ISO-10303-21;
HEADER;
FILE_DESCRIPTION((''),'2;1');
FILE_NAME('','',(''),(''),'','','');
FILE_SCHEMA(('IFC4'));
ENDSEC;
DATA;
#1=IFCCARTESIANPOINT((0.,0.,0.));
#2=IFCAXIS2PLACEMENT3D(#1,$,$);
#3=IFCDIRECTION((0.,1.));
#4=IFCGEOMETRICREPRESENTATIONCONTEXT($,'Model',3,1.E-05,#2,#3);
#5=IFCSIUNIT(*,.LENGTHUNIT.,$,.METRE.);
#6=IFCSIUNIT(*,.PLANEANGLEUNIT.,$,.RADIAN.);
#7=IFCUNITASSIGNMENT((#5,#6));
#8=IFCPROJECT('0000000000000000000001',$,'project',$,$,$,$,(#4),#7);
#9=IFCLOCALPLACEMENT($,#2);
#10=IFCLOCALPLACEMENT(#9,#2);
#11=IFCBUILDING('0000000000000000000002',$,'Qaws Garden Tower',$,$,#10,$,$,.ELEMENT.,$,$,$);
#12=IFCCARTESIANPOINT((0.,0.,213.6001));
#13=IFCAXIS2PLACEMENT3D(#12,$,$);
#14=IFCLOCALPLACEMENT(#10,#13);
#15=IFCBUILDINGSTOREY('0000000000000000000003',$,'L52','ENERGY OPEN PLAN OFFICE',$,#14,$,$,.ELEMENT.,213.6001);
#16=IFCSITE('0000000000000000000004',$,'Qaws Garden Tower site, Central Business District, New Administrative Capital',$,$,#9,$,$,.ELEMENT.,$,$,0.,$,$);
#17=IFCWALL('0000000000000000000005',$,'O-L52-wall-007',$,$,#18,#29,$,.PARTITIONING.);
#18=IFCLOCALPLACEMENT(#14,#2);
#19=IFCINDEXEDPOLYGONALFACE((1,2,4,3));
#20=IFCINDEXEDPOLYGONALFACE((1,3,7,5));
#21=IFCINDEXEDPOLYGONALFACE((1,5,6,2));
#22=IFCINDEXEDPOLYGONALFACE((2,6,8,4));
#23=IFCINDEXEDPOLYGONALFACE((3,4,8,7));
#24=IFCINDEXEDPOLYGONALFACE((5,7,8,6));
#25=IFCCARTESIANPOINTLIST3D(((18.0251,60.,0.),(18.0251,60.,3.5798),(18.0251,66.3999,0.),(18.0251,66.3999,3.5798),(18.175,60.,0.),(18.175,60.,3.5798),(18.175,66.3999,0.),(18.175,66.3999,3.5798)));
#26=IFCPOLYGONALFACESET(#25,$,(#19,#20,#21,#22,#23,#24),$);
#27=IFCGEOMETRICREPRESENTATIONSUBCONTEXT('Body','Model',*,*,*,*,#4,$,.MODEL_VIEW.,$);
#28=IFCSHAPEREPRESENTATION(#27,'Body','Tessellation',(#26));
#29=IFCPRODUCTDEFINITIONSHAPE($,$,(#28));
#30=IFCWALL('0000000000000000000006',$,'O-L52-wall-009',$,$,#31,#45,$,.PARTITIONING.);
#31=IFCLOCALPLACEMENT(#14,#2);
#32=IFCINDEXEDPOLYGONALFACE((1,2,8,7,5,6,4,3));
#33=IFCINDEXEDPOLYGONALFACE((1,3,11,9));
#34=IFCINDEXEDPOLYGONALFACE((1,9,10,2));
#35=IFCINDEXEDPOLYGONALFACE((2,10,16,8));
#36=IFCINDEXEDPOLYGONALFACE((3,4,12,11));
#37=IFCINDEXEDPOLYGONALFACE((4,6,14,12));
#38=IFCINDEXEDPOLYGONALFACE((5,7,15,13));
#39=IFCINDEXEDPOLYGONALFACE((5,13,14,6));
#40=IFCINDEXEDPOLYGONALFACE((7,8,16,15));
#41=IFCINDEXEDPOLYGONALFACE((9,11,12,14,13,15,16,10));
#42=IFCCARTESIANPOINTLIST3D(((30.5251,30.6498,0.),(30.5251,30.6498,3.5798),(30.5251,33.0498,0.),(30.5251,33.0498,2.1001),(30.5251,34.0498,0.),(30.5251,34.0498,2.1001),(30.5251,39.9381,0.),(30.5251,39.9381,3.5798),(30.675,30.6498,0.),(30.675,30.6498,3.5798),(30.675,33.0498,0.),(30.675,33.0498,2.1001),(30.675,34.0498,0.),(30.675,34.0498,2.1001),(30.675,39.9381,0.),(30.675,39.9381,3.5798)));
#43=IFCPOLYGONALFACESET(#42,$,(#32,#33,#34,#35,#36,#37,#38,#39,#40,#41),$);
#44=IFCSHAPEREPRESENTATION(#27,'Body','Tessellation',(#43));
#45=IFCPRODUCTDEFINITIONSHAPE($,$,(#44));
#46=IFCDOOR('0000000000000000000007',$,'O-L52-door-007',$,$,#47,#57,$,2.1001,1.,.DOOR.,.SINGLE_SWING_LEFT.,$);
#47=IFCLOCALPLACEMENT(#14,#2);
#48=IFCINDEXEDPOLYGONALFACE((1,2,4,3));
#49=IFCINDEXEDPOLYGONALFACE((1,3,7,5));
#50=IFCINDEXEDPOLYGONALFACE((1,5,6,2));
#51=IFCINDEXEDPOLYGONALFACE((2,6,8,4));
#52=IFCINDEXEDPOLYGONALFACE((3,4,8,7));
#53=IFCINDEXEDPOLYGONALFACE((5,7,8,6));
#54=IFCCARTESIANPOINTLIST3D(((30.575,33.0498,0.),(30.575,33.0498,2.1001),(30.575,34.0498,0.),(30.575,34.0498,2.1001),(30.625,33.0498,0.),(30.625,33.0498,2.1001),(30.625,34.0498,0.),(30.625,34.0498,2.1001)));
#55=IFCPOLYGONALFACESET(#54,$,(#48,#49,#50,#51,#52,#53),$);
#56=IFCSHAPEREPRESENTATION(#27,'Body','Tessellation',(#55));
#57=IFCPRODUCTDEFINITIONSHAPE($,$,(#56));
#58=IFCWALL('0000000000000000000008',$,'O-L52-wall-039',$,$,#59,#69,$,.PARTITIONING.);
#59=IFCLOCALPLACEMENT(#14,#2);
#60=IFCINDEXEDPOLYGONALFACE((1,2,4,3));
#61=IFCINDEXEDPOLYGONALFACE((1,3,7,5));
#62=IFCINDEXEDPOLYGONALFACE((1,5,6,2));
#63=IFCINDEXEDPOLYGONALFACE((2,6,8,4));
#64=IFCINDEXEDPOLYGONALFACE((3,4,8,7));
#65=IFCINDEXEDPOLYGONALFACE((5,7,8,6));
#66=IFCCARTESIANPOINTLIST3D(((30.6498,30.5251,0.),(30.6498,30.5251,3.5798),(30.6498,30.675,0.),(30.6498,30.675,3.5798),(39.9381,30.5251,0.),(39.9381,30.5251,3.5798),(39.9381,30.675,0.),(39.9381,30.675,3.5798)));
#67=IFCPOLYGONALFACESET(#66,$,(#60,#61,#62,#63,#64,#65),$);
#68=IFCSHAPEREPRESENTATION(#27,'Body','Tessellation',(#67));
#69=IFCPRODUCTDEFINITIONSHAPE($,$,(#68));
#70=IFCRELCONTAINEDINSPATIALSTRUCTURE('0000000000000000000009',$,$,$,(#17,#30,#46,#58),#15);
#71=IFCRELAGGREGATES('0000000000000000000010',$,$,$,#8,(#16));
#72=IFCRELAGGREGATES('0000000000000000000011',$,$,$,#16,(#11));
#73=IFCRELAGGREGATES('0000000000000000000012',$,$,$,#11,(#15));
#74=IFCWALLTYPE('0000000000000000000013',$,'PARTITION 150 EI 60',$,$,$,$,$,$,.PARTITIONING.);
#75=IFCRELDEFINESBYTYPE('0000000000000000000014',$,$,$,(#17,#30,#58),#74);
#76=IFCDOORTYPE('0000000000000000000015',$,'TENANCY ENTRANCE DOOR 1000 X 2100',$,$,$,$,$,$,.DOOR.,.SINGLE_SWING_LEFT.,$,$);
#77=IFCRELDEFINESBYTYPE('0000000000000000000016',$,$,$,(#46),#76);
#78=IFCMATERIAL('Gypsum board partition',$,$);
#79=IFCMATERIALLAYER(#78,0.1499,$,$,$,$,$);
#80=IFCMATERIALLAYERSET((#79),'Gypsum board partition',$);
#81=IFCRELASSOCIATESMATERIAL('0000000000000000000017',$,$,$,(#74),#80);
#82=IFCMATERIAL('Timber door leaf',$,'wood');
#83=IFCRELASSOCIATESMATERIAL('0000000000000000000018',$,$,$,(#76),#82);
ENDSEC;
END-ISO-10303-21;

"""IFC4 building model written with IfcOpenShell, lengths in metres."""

from ifc_helpers import new_model, si_unit, direction, frame, frame_2d, origin, place, context, subcontext, project, spatial, rectangle, extrude, material, layer, layer_set, type_object, element, fill, save


model = new_model("IFC4")

# Units and contexts
model_context = context("Model", 3, precision=1e-05, world=origin(), true_north=direction((0.0, 1.0)))
body_context = subcontext(model_context, "Body", "Model", "MODEL_VIEW")
ifc_project = project(units=[si_unit("LENGTHUNIT", "METRE"), si_unit("PLANEANGLEUNIT", "RADIAN")], contexts=[model_context])

# Site, building, storey
site_placement = place(None, origin())
site = spatial("IfcSite", under=ifc_project, at=site_placement, Name="Qaws Garden Tower site, Central Business District, New Administrative Capital", CompositionType="ELEMENT", RefElevation=0.0)
building_placement = place(site_placement, origin())
building = spatial("IfcBuilding", under=site, at=building_placement, Name="Qaws Garden Tower", CompositionType="ELEMENT")
storey_placement = place(building_placement, frame((0.0, 0.0, 213.6001)))
storey = spatial("IfcBuildingStorey", under=building, at=storey_placement, Name="L52", Description="ENERGY OPEN PLAN OFFICE", CompositionType="ELEMENT", Elevation=213.6001)

# Wall
ifc_material_1 = material(Name="Gypsum board partition")
ifc_layer_1 = layer(ifc_material_1, 0.1499)
ifc_layer_set_1 = layer_set([ifc_layer_1], Name="Gypsum board partition")
wall_type_1 = type_object("IfcWallType", Name="PARTITION 150 EI 60", PredefinedType="PARTITIONING", material=ifc_layer_set_1)
wall_1_placement = place(storey_placement, frame((18.1001, 60.0, 0.0), z_axis=(0.0, 0.0, 1.0), x_axis=(0.0, 1.0, 0.0)))
element("IfcWall", 1, at=wall_1_placement, inside=storey, type_object=wall_type_1, Name="O-L52-wall-007", PredefinedType="PARTITIONING", context=body_context, shape_type="SweptSolid", body=[
    extrude(rectangle(XDim=6.3999, YDim=0.1499, at=frame_2d((3.2, 0.0))), origin(), (0.0, 0.0, 1.0), 3.5798),
])

# Wall, opening, door
wall_2_placement = place(storey_placement, frame((30.6001, 30.6499, 0.0), z_axis=(0.0, 0.0, 1.0), x_axis=(0.0, 1.0, 0.0)))
wall_2 = element("IfcWall", 2, at=wall_2_placement, inside=storey, type_object=wall_type_1, Name="O-L52-wall-009", PredefinedType="PARTITIONING", context=body_context, shape_type="SweptSolid", body=[
    extrude(rectangle(XDim=9.2883, YDim=0.1499, at=frame_2d((4.644, 0.0))), origin(), (0.0, 0.0, 1.0), 3.5798),
])
opening_1_placement = place(wall_2_placement, frame((2.3999, 0.0, 0.0)))
opening_1 = element("IfcOpeningElement", 3, at=opening_1_placement, cuts=wall_2, PredefinedType="OPENING", context=body_context, shape_type="SweptSolid", body=[
    extrude(rectangle(XDim=1.0, YDim=2.1001, at=frame_2d((0.5, 1.05))), frame((0.0, 0.085, 0.0), z_axis=(0.0, -1.0, 0.0), x_axis=(1.0, 0.0, 0.0)), (0.0, 0.0, 1.0), 0.1699),
])
ifc_material_2 = material(Name="Timber door leaf", Category="wood")
door_type = type_object("IfcDoorType", Name="TENANCY ENTRANCE DOOR 1000 X 2100", OperationType="SINGLE_SWING_LEFT", PredefinedType="DOOR", material=ifc_material_2)
door_placement = place(opening_1_placement, frame((1.0, 0.0, 0.0), z_axis=(0.0, 0.0, 1.0), x_axis=(-1.0, 0.0, 0.0)))
door = element("IfcDoor", 4, at=door_placement, inside=storey, type_object=door_type, Name="O-L52-door-007", OperationType="SINGLE_SWING_LEFT", OverallHeight=2.1001, OverallWidth=1.0, PredefinedType="DOOR", context=body_context, shape_type="SweptSolid", body=[
    extrude(rectangle(XDim=1.0, YDim=2.1001, at=frame_2d((0.5, 1.05))), frame((0.0, 0.0249, 0.0), z_axis=(0.0, -1.0, 0.0), x_axis=(1.0, 0.0, 0.0)), (0.0, 0.0, 1.0), 0.05),
])
fill(opening_1, door)

# Wall
wall_3_placement = place(storey_placement, frame((30.6499, 30.6001, 0.0), z_axis=(0.0, 0.0, 1.0), x_axis=(1.0, 0.0, 0.0)))
element("IfcWall", 5, at=wall_3_placement, inside=storey, type_object=wall_type_1, Name="O-L52-wall-039", PredefinedType="PARTITIONING", context=body_context, shape_type="SweptSolid", body=[
    extrude(rectangle(XDim=9.2883, YDim=0.1499, at=frame_2d((4.644, 0.0))), origin(), (0.0, 0.0, 1.0), 3.5798),
])

save(model, "model.ifc")
